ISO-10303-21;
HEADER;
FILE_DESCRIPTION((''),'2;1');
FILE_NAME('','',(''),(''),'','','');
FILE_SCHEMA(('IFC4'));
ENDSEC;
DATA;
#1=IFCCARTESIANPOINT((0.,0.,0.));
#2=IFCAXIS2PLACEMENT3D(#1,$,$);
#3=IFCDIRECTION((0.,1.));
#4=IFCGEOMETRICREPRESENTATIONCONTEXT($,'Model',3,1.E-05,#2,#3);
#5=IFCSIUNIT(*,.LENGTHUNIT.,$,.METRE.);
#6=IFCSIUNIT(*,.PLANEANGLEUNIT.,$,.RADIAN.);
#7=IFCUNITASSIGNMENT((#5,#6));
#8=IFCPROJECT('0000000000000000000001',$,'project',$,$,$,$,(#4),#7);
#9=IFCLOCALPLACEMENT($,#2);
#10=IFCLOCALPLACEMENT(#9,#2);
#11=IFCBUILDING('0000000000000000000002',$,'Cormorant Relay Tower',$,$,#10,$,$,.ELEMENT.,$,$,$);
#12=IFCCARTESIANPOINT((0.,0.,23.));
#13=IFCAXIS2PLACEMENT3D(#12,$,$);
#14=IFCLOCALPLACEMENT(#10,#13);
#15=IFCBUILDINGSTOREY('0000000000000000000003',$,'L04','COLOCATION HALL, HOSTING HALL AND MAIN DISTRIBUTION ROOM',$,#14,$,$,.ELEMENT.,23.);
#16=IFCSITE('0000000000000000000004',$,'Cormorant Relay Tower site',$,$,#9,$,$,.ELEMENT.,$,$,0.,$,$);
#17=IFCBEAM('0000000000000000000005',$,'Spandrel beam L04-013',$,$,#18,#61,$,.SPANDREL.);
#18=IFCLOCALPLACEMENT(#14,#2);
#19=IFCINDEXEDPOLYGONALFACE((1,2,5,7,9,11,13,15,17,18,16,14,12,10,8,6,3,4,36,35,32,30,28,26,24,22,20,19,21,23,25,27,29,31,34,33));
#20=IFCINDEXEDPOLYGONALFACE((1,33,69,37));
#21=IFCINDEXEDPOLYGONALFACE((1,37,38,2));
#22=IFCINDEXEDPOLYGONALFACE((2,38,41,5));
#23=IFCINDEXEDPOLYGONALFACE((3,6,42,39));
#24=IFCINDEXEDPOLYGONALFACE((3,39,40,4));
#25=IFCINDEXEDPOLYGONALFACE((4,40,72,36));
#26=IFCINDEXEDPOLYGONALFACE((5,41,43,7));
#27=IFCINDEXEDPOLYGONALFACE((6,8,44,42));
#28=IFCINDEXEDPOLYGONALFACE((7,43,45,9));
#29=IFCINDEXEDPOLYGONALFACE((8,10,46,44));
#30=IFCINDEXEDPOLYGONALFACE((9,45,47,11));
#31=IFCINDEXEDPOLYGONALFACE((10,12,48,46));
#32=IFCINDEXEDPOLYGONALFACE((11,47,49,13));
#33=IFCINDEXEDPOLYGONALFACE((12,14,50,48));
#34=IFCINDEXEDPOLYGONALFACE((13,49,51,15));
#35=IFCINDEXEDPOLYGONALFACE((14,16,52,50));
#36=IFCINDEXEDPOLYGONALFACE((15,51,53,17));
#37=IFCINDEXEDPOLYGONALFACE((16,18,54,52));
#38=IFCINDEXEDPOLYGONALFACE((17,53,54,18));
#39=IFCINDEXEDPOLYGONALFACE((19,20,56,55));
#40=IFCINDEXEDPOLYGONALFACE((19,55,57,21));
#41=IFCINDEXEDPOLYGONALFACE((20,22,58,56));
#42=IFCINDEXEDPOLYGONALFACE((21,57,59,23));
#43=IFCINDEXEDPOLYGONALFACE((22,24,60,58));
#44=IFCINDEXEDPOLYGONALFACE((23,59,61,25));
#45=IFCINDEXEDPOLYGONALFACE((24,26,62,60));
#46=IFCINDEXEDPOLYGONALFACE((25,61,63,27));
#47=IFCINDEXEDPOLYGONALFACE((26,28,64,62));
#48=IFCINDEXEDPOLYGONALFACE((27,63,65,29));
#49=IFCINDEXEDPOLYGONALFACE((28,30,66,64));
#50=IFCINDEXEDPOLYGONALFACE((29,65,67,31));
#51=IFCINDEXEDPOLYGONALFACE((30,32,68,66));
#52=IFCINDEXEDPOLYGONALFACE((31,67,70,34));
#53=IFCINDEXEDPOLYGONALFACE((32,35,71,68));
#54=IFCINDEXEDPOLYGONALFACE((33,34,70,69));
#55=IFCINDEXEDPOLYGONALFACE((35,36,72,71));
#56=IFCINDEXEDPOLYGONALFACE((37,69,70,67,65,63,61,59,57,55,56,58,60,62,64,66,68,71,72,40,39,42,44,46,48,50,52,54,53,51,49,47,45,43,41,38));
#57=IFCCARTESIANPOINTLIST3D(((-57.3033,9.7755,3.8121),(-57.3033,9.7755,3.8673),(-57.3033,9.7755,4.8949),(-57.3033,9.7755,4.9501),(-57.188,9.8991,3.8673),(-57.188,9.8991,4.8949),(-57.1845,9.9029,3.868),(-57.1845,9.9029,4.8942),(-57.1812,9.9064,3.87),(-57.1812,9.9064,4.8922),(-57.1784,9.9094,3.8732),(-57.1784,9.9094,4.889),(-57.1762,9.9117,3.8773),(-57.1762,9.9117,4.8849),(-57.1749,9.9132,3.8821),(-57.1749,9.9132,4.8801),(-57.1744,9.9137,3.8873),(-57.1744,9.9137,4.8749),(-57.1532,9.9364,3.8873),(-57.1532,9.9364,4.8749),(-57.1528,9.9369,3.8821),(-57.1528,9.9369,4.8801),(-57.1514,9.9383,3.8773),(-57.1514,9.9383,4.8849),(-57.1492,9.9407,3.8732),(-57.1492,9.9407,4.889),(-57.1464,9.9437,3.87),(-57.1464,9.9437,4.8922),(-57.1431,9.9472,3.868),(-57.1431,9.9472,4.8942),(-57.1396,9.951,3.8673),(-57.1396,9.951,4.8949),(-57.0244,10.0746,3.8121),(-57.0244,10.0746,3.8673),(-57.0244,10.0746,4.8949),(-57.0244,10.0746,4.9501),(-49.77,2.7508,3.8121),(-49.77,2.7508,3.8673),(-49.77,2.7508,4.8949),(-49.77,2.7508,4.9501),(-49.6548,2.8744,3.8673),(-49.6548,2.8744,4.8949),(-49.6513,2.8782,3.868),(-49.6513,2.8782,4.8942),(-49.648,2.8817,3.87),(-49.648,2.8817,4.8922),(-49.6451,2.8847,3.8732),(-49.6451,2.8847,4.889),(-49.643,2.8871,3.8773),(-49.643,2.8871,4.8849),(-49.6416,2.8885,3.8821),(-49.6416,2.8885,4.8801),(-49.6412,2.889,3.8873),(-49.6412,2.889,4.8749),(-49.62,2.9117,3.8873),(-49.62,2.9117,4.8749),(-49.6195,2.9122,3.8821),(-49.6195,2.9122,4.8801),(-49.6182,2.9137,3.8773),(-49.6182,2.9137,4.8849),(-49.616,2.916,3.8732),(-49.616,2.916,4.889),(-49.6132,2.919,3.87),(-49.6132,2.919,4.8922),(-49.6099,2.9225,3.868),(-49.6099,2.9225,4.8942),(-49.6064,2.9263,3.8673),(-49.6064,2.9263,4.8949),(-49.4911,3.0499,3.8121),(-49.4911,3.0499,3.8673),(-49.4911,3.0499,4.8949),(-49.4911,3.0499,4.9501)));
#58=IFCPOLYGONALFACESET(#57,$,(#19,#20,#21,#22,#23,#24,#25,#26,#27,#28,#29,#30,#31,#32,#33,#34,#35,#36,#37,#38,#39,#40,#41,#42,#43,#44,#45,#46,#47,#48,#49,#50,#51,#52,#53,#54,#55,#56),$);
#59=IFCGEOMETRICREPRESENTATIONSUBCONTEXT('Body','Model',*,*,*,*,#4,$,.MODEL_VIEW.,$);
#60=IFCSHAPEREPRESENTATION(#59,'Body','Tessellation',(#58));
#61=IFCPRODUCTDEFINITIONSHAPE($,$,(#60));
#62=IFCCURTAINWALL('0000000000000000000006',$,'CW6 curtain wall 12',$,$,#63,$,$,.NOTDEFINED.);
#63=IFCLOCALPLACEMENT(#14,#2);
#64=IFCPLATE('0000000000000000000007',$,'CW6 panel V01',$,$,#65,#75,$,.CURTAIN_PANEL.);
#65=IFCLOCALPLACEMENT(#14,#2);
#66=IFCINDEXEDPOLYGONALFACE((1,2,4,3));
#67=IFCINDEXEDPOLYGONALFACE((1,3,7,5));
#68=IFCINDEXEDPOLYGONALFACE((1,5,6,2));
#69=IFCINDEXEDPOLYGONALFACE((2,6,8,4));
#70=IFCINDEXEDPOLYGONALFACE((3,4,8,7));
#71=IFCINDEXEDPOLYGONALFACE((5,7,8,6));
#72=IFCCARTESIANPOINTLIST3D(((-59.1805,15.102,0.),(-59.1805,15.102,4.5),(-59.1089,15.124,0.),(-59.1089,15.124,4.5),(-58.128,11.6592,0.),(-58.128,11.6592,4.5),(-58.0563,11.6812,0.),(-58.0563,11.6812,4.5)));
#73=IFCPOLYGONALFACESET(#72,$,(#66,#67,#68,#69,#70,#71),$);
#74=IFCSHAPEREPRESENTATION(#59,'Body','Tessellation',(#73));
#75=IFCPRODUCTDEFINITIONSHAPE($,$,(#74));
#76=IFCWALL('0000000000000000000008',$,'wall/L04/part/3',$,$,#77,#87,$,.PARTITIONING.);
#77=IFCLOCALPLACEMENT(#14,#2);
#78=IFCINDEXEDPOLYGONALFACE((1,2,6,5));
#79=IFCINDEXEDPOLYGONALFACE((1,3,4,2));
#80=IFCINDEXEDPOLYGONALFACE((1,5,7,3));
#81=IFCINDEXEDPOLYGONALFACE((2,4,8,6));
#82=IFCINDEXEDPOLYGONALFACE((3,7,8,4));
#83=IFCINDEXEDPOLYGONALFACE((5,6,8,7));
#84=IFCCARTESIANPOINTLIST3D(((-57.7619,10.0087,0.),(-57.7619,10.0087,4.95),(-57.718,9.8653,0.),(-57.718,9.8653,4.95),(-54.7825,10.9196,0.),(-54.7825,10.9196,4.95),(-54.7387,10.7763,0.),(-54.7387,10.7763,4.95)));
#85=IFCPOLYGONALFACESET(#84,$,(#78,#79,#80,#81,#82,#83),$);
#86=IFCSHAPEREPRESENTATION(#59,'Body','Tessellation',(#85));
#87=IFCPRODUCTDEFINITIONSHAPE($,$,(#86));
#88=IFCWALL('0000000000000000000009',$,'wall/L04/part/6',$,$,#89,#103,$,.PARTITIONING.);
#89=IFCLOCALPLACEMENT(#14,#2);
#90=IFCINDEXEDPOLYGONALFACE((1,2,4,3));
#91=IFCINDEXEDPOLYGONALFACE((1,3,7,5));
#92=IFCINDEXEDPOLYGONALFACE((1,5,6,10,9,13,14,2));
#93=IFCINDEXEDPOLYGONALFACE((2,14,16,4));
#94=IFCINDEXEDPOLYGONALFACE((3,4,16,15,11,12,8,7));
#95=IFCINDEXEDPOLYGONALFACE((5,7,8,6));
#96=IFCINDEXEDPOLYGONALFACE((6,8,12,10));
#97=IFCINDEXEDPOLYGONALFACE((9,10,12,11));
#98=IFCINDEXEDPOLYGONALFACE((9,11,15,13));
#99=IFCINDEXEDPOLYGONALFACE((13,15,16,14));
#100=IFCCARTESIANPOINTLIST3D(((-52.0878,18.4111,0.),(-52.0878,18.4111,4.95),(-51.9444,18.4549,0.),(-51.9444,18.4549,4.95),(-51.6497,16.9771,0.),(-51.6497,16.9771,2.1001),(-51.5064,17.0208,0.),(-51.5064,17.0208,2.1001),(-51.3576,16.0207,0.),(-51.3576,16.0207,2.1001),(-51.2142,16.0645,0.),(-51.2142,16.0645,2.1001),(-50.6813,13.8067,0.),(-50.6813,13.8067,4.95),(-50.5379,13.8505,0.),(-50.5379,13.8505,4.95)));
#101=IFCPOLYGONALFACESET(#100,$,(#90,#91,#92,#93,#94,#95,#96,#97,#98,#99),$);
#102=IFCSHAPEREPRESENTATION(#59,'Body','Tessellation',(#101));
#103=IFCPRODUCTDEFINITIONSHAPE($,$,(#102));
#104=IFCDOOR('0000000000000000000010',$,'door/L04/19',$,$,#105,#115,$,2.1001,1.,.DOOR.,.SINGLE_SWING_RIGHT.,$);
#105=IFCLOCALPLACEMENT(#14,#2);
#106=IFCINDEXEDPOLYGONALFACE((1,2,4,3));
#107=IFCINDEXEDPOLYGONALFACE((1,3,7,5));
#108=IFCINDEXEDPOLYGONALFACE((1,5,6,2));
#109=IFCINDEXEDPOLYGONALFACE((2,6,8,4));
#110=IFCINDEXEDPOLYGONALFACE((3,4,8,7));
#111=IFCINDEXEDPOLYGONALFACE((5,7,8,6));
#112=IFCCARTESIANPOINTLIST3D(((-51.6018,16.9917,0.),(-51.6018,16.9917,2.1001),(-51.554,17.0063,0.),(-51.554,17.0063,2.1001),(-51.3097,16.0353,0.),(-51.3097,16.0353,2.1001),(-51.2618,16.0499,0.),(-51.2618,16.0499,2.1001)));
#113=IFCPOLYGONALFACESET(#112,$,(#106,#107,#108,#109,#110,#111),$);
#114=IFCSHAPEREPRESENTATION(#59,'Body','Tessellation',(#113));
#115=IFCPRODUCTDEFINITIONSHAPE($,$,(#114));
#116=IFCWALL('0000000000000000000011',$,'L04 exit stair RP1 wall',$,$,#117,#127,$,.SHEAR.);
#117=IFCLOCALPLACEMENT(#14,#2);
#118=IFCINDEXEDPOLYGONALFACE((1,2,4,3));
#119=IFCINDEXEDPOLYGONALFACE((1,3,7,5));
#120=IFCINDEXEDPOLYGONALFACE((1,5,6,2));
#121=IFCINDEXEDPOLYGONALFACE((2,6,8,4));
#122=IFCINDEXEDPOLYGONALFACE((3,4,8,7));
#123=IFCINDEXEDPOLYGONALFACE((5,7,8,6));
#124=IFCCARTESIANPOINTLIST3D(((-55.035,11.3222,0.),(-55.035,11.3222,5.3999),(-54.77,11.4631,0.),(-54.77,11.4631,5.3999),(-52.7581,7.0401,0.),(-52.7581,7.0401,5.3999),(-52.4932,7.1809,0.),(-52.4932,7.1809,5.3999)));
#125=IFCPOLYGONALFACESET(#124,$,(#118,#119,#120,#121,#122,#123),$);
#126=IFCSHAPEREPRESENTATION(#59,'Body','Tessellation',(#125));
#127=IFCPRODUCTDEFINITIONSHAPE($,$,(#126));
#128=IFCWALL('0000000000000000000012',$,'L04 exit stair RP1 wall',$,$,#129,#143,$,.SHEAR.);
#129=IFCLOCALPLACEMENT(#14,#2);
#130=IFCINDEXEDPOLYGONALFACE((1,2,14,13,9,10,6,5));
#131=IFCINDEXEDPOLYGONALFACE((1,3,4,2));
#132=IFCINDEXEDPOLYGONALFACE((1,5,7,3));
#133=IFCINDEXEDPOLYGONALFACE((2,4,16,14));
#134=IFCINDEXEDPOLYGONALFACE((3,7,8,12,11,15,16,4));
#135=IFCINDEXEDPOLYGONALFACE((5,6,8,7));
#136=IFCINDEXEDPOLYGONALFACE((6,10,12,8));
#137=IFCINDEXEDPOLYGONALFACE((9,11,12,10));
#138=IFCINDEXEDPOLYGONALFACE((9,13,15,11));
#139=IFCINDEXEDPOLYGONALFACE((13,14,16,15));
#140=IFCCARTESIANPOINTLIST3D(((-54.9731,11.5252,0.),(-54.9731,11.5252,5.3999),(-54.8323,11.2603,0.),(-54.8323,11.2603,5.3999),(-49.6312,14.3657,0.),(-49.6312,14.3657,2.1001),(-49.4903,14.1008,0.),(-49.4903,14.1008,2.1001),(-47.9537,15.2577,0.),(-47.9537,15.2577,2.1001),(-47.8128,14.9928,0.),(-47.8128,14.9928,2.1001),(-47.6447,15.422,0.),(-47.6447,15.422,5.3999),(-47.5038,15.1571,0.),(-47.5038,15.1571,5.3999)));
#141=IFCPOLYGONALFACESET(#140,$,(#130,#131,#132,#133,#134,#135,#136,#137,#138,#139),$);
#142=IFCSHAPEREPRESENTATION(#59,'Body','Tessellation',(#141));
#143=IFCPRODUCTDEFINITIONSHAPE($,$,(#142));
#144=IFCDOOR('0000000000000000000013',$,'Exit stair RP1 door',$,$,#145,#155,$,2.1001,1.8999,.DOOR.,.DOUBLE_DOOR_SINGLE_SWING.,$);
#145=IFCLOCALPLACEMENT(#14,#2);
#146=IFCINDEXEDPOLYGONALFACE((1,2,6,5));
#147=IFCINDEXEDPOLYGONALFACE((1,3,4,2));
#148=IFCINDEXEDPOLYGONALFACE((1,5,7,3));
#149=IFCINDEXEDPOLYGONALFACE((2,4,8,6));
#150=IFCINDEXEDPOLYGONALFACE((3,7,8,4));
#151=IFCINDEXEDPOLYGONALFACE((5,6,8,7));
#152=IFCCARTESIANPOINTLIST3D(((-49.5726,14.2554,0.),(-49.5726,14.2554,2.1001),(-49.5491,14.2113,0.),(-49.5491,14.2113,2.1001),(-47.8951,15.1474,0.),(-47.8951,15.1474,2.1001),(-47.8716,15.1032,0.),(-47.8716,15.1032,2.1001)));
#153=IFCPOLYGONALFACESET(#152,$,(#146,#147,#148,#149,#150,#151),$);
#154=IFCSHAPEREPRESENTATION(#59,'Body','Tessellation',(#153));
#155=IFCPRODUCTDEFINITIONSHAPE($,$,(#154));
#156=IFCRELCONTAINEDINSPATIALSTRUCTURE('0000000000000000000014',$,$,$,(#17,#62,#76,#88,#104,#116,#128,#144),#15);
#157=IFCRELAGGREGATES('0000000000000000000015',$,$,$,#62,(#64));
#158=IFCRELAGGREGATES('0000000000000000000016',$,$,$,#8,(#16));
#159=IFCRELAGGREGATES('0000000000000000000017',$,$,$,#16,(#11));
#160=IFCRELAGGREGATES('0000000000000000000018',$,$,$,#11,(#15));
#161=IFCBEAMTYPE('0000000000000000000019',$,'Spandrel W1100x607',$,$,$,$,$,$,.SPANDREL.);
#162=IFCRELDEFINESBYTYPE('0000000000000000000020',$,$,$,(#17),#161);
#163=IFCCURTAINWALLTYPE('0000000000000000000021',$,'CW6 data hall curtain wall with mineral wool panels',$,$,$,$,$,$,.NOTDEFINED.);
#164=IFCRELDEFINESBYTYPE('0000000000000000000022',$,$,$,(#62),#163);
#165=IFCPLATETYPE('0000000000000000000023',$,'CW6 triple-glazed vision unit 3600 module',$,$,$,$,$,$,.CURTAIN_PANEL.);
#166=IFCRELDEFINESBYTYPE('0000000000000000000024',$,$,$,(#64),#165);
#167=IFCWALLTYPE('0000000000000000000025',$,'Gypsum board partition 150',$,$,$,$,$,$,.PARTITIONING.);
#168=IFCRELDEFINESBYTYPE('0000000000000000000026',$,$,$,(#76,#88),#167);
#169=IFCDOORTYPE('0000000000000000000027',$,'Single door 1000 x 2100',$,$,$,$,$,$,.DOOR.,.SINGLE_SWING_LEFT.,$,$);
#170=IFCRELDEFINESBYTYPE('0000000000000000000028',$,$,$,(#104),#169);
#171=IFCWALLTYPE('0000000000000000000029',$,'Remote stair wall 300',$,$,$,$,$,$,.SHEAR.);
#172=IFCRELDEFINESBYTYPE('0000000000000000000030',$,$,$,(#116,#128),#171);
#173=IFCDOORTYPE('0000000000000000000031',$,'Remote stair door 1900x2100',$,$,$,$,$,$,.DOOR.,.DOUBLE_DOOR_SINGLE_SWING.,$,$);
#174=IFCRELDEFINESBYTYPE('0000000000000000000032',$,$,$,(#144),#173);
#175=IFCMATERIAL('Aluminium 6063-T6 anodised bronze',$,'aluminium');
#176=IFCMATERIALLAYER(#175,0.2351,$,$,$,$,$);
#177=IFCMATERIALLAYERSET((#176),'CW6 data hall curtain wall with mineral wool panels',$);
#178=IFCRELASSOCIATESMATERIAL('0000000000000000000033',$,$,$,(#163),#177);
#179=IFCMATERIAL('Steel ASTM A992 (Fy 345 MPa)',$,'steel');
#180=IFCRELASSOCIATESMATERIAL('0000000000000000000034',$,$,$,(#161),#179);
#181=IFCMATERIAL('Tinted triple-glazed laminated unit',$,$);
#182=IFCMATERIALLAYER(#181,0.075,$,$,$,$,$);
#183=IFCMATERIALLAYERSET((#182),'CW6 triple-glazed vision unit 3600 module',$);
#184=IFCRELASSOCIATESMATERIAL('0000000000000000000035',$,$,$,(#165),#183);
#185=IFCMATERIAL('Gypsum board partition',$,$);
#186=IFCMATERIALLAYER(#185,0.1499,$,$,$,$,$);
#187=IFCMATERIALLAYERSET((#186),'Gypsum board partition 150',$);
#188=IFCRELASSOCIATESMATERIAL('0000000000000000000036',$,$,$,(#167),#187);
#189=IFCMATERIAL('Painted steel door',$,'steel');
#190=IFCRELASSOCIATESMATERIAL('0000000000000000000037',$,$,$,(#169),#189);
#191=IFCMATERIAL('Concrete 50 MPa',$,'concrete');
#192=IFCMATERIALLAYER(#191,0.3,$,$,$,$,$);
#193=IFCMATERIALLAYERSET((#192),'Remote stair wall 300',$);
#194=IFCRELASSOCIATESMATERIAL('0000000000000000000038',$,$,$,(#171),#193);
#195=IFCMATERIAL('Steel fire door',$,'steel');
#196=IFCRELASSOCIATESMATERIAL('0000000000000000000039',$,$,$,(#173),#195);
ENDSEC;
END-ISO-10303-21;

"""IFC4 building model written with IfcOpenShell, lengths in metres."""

from ifc_helpers import new_model, si_unit, direction, frame, frame_2d, origin, origin_2d, place, context, subcontext, project, spatial, rectangle, i_section, extrude, material, layer, layer_set, material_profile, profile_set, type_object, element, fill, aggregate, save


model = new_model("IFC4")

# Units and contexts
model_context = context("Model", 3, precision=1e-05, world=origin(), true_north=direction((0.0, 1.0)))
body_context = subcontext(model_context, "Body", "Model", "MODEL_VIEW")
ifc_project = project(units=[si_unit("LENGTHUNIT", "METRE"), si_unit("PLANEANGLEUNIT", "RADIAN")], contexts=[model_context])

# Site, building, storey
site_placement = place(None, origin())
site = spatial("IfcSite", under=ifc_project, at=site_placement, Name="Cormorant Relay Tower site", CompositionType="ELEMENT", RefElevation=0.0)
building_placement = place(site_placement, origin())
building = spatial("IfcBuilding", under=site, at=building_placement, Name="Cormorant Relay Tower", CompositionType="ELEMENT")
storey_placement = place(building_placement, frame((0.0, 0.0, 23.0)))
storey = spatial("IfcBuildingStorey", under=building, at=storey_placement, Name="L04", Description="COLOCATION HALL, HOSTING HALL AND MAIN DISTRIBUTION ROOM", CompositionType="ELEMENT", Elevation=23.0)

# Shared definitions
ifc_material_1 = material(Name="Aluminium 6063-T6 anodised bronze", Category="aluminium")
ifc_layer_1 = layer(ifc_material_1, 0.2351)
ifc_layer_set_1 = layer_set([ifc_layer_1], Name="CW6 data hall curtain wall with mineral wool panels")
curtain_wall_type = type_object("IfcCurtainWallType", Name="CW6 data hall curtain wall with mineral wool panels", PredefinedType="NOTDEFINED", material=ifc_layer_set_1)

# Beam
ifc_material_2 = material(Name="Steel ASTM A992 (Fy 345 MPa)", Category="steel")
ifc_material_profile_1 = material_profile(ifc_material_2, i_section(OverallWidth=0.4089, OverallDepth=1.1379, WebThickness=0.031, FlangeThickness=0.0552, FilletRadius=0.02, at=origin_2d()), Name="W1100x607")
ifc_profile_set_1 = profile_set([ifc_material_profile_1], Name="Steel ASTM A992 (Fy 345 MPa)")
beam_type = type_object("IfcBeamType", Name="Spandrel W1100x607", PredefinedType="SPANDREL", material=ifc_profile_set_1)
beam_placement = place(storey_placement, frame((-57.1638, 9.925, 4.3811), z_axis=(0.731362, -0.68199, 0.0), x_axis=(0.68199, 0.731362, 0.0)))
element("IfcBeam", 1, at=beam_placement, inside=storey, type_object=beam_type, Name="Spandrel beam L04-013", PredefinedType="SPANDREL", context=body_context, shape_type="SweptSolid", body=[
    extrude(i_section(OverallWidth=0.4089, OverallDepth=1.1379, WebThickness=0.031, FlangeThickness=0.0552, FilletRadius=0.02, at=origin_2d()), origin(), (0.0, 0.0, 1.0), 10.3003),
])

# Curtain wall, plate
curtain_wall_1_placement = place(storey_placement, origin())
curtain_wall_1 = element("IfcCurtainWall", 2, at=curtain_wall_1_placement, inside=storey, type_object=curtain_wall_type, Name="CW6 curtain wall 12", PredefinedType="NOTDEFINED")
ifc_material_3 = material(Name="Tinted triple-glazed laminated unit")
ifc_layer_2 = layer(ifc_material_3, 0.075)
ifc_layer_set_2 = layer_set([ifc_layer_2], Name="CW6 triple-glazed vision unit 3600 module")
plate_type = type_object("IfcPlateType", Name="CW6 triple-glazed vision unit 3600 module", PredefinedType="CURTAIN_PANEL", material=ifc_layer_set_2)
plate_placement = place(storey_placement, frame((-58.6184, 13.3916, 0.0), z_axis=(0.0, 0.0, 1.0), x_axis=(0.292372, -0.956305, 0.0)))
plate = element("IfcPlate", 3, at=plate_placement, type_object=plate_type, Name="CW6 panel V01", PredefinedType="CURTAIN_PANEL", context=body_context, shape_type="SweptSolid", body=[
    extrude(rectangle(XDim=3.6001, YDim=0.075, at=origin_2d()), origin(), (0.0, 0.0, 1.0), 4.5),
])

# Wall
ifc_material_4 = material(Name="Gypsum board partition")
ifc_layer_3 = layer(ifc_material_4, 0.1499)
ifc_layer_set_3 = layer_set([ifc_layer_3], Name="Gypsum board partition 150")
wall_type_1 = type_object("IfcWallType", Name="Gypsum board partition 150", PredefinedType="PARTITIONING", material=ifc_layer_set_3)
wall_1_placement = place(storey_placement, frame((-54.7607, 10.8479, 0.0), z_axis=(0.0, 0.0, 1.0), x_axis=(-0.956301, -0.292384, 0.0)))
element("IfcWall", 4, at=wall_1_placement, inside=storey, type_object=wall_type_1, Name="wall/L04/part/3", PredefinedType="PARTITIONING", context=body_context, shape_type="SweptSolid", body=[
    extrude(rectangle(XDim=3.1155, YDim=0.1499, at=frame_2d((1.5576, 0.0))), origin(), (0.0, 0.0, 1.0), 4.95),
])

# Wall, opening, door
wall_2_placement = place(storey_placement, frame((-50.6096, 13.8286, 0.0), z_axis=(0.0, 0.0, 1.0), x_axis=(-0.292136, 0.956377, 0.0)))
wall_2 = element("IfcWall", 5, at=wall_2_placement, inside=storey, type_object=wall_type_1, Name="wall/L04/part/6", PredefinedType="PARTITIONING", context=body_context, shape_type="SweptSolid", body=[
    extrude(rectangle(XDim=4.8145, YDim=0.1499, at=frame_2d((2.4072, 0.0))), origin(), (0.0, 0.0, 1.0), 4.95),
])
opening_1_placement = place(wall_2_placement, frame((2.3149, 0.0, 0.0)))
opening_1 = element("IfcOpeningElement", 6, at=opening_1_placement, cuts=wall_2, PredefinedType="OPENING", context=body_context, shape_type="SweptSolid", body=[
    extrude(rectangle(XDim=1.0, YDim=2.1001, at=frame_2d((0.5, 1.05))), frame((0.0, 0.085, 0.0), z_axis=(0.0, -1.0, 0.0), x_axis=(1.0, 0.0, 0.0)), (0.0, 0.0, 1.0), 0.1699),
])
ifc_material_5 = material(Name="Painted steel door", Category="steel")
door_type_1 = type_object("IfcDoorType", Name="Single door 1000 x 2100", OperationType="SINGLE_SWING_LEFT", PredefinedType="DOOR", material=ifc_material_5)
door_1_placement = place(opening_1_placement, origin())
door_1 = element("IfcDoor", 7, at=door_1_placement, inside=storey, type_object=door_type_1, Name="door/L04/19", OperationType="SINGLE_SWING_RIGHT", OverallHeight=2.1001, OverallWidth=1.0, PredefinedType="DOOR", context=body_context, shape_type="SweptSolid", body=[
    extrude(rectangle(XDim=1.0, YDim=2.1001, at=frame_2d((0.5, 1.05))), frame((0.0, 0.0249, 0.0), z_axis=(0.0, -1.0, 0.0), x_axis=(1.0, 0.0, 0.0)), (0.0, 0.0, 1.0), 0.05),
])
fill(opening_1, door_1)

# Wall
ifc_material_6 = material(Name="Concrete 50 MPa", Category="concrete")
ifc_layer_4 = layer(ifc_material_6, 0.3)
ifc_layer_set_4 = layer_set([ifc_layer_4], Name="Remote stair wall 300")
wall_type_2 = type_object("IfcWallType", Name="Remote stair wall 300", PredefinedType="SHEAR", material=ifc_layer_set_4)
wall_3_placement = place(storey_placement, frame((-52.6257, 7.1106, 0.0), z_axis=(0.0, 0.0, 1.0), x_axis=(-0.469464, 0.882951, 0.0)))
element("IfcWall", 8, at=wall_3_placement, inside=storey, type_object=wall_type_2, Name="L04 exit stair RP1 wall", PredefinedType="SHEAR", context=body_context, shape_type="SweptSolid", body=[
    extrude(rectangle(XDim=4.8499, YDim=0.3, at=frame_2d((2.4248, 0.0))), origin(), (0.0, 0.0, 1.0), 5.3999),
])

# Wall, opening, door
wall_4_placement = place(storey_placement, frame((-54.9026, 11.3928, 0.0), z_axis=(0.0, 0.0, 1.0), x_axis=(0.882939, 0.469487, 0.0)))
wall_4 = element("IfcWall", 9, at=wall_4_placement, inside=storey, type_object=wall_type_2, Name="L04 exit stair RP1 wall", PredefinedType="SHEAR", context=body_context, shape_type="SweptSolid", body=[
    extrude(rectangle(XDim=8.3, YDim=0.3, at=frame_2d((4.1499, 0.0))), origin(), (0.0, 0.0, 1.0), 5.3999),
])
opening_2_placement = place(wall_4_placement, frame((6.05, 0.0, 0.0)))
opening_2 = element("IfcOpeningElement", 10, at=opening_2_placement, cuts=wall_4, PredefinedType="OPENING", context=body_context, shape_type="SweptSolid", body=[
    extrude(rectangle(XDim=1.8999, YDim=2.1001, at=frame_2d((0.95, 1.05))), frame((0.0, 0.1599, 0.0), z_axis=(0.0, -1.0, 0.0), x_axis=(1.0, 0.0, 0.0)), (0.0, 0.0, 1.0), 0.3201),
])
ifc_material_7 = material(Name="Steel fire door", Category="steel")
door_type_2 = type_object("IfcDoorType", Name="Remote stair door 1900x2100", OperationType="DOUBLE_DOOR_SINGLE_SWING", PredefinedType="DOOR", material=ifc_material_7)
door_2_placement = place(opening_2_placement, frame((1.8999, 0.0, 0.0), z_axis=(0.0, 0.0, 1.0), x_axis=(-1.0, 0.0, 0.0)))
door_2 = element("IfcDoor", 11, at=door_2_placement, inside=storey, type_object=door_type_2, Name="Exit stair RP1 door", OperationType="DOUBLE_DOOR_SINGLE_SWING", OverallHeight=2.1001, OverallWidth=1.8999, PredefinedType="DOOR", context=body_context, shape_type="SweptSolid", body=[
    extrude(rectangle(XDim=1.8999, YDim=2.1001, at=frame_2d((0.95, 1.05))), frame((0.0, 0.0249, 0.0), z_axis=(0.0, -1.0, 0.0), x_axis=(1.0, 0.0, 0.0)), (0.0, 0.0, 1.0), 0.05),
])
fill(opening_2, door_2)

aggregate(curtain_wall_1, [plate])

save(model, "model.ifc")
